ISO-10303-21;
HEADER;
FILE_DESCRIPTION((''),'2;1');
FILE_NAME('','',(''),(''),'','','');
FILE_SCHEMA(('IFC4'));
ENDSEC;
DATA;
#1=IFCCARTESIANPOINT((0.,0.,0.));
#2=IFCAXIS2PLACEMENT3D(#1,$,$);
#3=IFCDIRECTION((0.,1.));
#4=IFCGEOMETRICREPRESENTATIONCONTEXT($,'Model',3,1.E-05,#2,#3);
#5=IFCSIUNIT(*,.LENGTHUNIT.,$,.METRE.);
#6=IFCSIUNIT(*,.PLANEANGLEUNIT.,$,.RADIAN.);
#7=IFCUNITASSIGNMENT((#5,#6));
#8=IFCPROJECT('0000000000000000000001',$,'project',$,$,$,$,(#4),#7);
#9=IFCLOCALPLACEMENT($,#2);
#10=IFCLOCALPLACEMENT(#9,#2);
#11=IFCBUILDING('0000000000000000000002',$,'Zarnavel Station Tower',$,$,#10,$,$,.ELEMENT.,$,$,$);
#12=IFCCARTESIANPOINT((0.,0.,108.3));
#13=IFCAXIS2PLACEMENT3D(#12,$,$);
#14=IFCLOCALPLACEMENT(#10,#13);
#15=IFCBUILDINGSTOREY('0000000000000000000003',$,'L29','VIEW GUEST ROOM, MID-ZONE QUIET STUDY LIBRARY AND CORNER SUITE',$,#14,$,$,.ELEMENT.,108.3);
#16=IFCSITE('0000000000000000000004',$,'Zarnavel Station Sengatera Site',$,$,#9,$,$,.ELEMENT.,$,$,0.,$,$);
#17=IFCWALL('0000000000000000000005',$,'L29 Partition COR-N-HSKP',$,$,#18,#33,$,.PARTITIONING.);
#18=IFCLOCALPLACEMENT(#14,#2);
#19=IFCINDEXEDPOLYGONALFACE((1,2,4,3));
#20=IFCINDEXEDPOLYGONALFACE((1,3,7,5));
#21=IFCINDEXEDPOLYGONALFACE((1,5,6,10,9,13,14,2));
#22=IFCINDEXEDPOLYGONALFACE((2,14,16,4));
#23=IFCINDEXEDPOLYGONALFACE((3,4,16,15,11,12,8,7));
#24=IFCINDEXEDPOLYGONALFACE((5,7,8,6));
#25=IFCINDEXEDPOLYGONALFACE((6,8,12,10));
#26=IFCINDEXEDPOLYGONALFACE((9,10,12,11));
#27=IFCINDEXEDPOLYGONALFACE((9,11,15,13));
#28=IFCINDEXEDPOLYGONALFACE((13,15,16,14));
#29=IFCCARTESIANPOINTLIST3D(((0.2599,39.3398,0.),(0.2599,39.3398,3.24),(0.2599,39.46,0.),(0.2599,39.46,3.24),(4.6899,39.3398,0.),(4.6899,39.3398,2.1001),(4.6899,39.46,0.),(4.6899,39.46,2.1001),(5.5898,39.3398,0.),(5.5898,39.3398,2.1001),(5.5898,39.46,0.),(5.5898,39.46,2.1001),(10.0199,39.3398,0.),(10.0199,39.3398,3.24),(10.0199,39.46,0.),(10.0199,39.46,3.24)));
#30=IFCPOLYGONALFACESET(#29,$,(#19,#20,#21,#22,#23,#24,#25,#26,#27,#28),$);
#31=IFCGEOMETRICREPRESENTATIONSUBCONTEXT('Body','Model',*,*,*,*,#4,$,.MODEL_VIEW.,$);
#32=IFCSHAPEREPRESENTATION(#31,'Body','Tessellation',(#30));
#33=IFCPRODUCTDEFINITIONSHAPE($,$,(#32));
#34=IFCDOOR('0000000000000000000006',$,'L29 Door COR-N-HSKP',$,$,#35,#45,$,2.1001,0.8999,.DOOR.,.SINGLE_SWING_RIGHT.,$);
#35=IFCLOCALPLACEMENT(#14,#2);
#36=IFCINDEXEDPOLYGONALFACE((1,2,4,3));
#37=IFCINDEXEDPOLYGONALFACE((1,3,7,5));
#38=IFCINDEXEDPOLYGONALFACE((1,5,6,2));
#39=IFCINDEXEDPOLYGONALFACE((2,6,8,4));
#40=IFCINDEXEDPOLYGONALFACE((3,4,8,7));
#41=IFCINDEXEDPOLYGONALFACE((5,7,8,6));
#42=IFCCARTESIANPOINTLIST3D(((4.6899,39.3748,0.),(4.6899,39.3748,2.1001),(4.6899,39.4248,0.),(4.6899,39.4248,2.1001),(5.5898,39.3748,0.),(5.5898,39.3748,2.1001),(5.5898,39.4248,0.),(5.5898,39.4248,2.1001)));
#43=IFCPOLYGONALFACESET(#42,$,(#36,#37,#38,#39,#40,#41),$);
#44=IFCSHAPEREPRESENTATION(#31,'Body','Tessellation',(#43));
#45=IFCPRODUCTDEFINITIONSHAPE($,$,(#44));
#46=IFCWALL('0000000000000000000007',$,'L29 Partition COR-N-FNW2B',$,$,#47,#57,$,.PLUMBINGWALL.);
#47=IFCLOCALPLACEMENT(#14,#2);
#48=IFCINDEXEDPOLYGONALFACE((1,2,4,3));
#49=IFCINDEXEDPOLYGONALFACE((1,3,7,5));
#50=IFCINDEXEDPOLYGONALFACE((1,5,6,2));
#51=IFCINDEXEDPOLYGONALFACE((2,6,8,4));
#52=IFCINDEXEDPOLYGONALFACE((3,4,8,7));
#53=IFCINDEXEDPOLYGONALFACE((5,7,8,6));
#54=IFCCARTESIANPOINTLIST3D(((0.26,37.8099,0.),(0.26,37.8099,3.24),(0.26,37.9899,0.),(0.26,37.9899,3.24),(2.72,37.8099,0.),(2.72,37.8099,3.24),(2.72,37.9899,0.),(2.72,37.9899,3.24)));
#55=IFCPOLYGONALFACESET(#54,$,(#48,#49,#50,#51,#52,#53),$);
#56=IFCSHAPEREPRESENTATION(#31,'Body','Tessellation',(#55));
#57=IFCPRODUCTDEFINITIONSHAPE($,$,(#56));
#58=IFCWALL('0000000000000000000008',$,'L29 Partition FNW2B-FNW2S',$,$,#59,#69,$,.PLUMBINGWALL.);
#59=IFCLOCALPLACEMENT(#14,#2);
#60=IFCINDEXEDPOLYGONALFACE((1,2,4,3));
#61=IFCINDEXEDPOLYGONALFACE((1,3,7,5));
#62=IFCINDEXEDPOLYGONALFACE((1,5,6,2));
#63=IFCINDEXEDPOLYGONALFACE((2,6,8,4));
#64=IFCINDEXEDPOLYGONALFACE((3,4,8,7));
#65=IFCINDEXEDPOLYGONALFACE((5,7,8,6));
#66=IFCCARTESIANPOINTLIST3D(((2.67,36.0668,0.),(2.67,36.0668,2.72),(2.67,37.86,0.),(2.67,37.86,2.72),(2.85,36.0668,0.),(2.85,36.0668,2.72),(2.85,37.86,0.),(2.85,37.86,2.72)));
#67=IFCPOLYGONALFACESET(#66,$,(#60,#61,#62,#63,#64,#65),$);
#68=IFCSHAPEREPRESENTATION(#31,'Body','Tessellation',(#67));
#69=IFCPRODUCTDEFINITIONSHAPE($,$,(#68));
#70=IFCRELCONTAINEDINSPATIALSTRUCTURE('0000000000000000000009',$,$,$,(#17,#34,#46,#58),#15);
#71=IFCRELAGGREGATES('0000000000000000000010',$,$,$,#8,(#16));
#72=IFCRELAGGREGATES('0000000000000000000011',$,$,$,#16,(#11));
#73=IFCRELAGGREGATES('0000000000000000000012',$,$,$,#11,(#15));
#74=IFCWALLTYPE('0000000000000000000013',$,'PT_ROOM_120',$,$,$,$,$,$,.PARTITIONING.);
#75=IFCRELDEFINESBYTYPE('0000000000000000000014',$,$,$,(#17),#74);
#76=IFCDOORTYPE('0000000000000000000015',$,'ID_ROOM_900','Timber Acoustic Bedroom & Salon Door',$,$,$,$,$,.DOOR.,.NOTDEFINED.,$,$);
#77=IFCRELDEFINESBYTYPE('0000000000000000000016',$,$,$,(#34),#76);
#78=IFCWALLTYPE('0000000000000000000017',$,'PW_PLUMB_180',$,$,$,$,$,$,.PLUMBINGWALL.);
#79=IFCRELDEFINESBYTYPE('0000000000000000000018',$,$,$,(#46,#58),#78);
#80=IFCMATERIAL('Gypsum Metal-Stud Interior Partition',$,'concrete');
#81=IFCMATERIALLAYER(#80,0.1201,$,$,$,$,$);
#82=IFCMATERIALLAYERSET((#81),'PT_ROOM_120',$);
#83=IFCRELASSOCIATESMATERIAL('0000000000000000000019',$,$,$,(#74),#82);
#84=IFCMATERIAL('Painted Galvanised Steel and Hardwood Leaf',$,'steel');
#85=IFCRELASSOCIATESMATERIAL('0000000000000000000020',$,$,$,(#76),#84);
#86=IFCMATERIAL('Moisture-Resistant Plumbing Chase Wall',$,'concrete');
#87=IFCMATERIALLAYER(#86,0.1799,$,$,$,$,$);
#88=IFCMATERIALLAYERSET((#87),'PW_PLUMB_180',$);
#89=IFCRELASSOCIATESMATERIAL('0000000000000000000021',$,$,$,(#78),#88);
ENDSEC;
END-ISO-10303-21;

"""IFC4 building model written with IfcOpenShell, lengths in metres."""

from ifc_helpers import new_model, si_unit, direction, frame, frame_2d, origin, place, context, subcontext, project, spatial, rectangle, extrude, material, layer, layer_set, type_object, element, fill, save


model = new_model("IFC4")

# Units and contexts
model_context = context("Model", 3, precision=1e-05, world=origin(), true_north=direction((0.0, 1.0)))
body_context = subcontext(model_context, "Body", "Model", "MODEL_VIEW")
ifc_project = project(units=[si_unit("LENGTHUNIT", "METRE"), si_unit("PLANEANGLEUNIT", "RADIAN")], contexts=[model_context])

# Site, building, storey
site_placement = place(None, origin())
site = spatial("IfcSite", under=ifc_project, at=site_placement, Name="Zarnavel Station Sengatera Site", CompositionType="ELEMENT", RefElevation=0.0)
building_placement = place(site_placement, origin())
building = spatial("IfcBuilding", under=site, at=building_placement, Name="Zarnavel Station Tower", CompositionType="ELEMENT")
storey_placement = place(building_placement, frame((0.0, 0.0, 108.3)))
storey = spatial("IfcBuildingStorey", under=building, at=storey_placement, Name="L29", Description="VIEW GUEST ROOM, MID-ZONE QUIET STUDY LIBRARY AND CORNER SUITE", CompositionType="ELEMENT", Elevation=108.3)

# Wall, opening, door
ifc_material_1 = material(Name="Gypsum Metal-Stud Interior Partition", Category="concrete")
ifc_layer_1 = layer(ifc_material_1, 0.1201)
ifc_layer_set_1 = layer_set([ifc_layer_1], Name="PT_ROOM_120")
wall_type_1 = type_object("IfcWallType", Name="PT_ROOM_120", PredefinedType="PARTITIONING", material=ifc_layer_set_1)
wall_1_placement = place(storey_placement, frame((0.26, 39.3999, 0.0), z_axis=(0.0, 0.0, 1.0), x_axis=(1.0, 0.0, 0.0)))
wall_1 = element("IfcWall", 1, at=wall_1_placement, inside=storey, type_object=wall_type_1, Name="L29 Partition COR-N-HSKP", PredefinedType="PARTITIONING", context=body_context, shape_type="SweptSolid", body=[
    extrude(rectangle(XDim=9.76, YDim=0.1201, at=frame_2d((4.8799, 0.0))), origin(), (0.0, 0.0, 1.0), 3.24),
])
opening_placement = place(wall_1_placement, frame((4.4299, 0.0, 0.0)))
opening = element("IfcOpeningElement", 2, at=opening_placement, cuts=wall_1, PredefinedType="OPENING", context=body_context, shape_type="SweptSolid", body=[
    extrude(rectangle(XDim=0.8999, YDim=2.1001, at=frame_2d((0.45, 1.05))), frame((0.0, 0.0701, 0.0), z_axis=(0.0, -1.0, 0.0), x_axis=(1.0, 0.0, 0.0)), (0.0, 0.0, 1.0), 0.1401),
])
ifc_material_2 = material(Name="Painted Galvanised Steel and Hardwood Leaf", Category="steel")
door_type = type_object("IfcDoorType", Name="ID_ROOM_900", Description="Timber Acoustic Bedroom & Salon Door", OperationType="NOTDEFINED", PredefinedType="DOOR", material=ifc_material_2)
door_placement = place(opening_placement, origin())
door = element("IfcDoor", 3, at=door_placement, inside=storey, type_object=door_type, Name="L29 Door COR-N-HSKP", OperationType="SINGLE_SWING_RIGHT", OverallHeight=2.1001, OverallWidth=0.8999, PredefinedType="DOOR", context=body_context, shape_type="SweptSolid", body=[
    extrude(rectangle(XDim=0.8999, YDim=2.1001, at=frame_2d((0.45, 1.05))), frame((0.0, 0.0249, 0.0), z_axis=(0.0, -1.0, 0.0), x_axis=(1.0, 0.0, 0.0)), (0.0, 0.0, 1.0), 0.05),
])
fill(opening, door)

# Walls
ifc_material_3 = material(Name="Moisture-Resistant Plumbing Chase Wall", Category="concrete")
ifc_layer_2 = layer(ifc_material_3, 0.1799)
ifc_layer_set_2 = layer_set([ifc_layer_2], Name="PW_PLUMB_180")
wall_type_2 = type_object("IfcWallType", Name="PW_PLUMB_180", PredefinedType="PLUMBINGWALL", material=ifc_layer_set_2)
wall_2_placement = place(storey_placement, frame((0.26, 37.8999, 0.0), z_axis=(0.0, 0.0, 1.0), x_axis=(1.0, 0.0, 0.0)))
element("IfcWall", 4, at=wall_2_placement, inside=storey, type_object=wall_type_2, Name="L29 Partition COR-N-FNW2B", PredefinedType="PLUMBINGWALL", context=body_context, shape_type="SweptSolid", body=[
    extrude(rectangle(XDim=2.46, YDim=0.1799, at=frame_2d((1.23, 0.0))), origin(), (0.0, 0.0, 1.0), 3.24),
])
wall_3_placement = place(storey_placement, frame((2.76, 36.0669, 0.0), z_axis=(0.0, 0.0, 1.0), x_axis=(0.0, 1.0, 0.0)))
element("IfcWall", 5, at=wall_3_placement, inside=storey, type_object=wall_type_2, Name="L29 Partition FNW2B-FNW2S", PredefinedType="PLUMBINGWALL", context=body_context, shape_type="SweptSolid", body=[
    extrude(rectangle(XDim=1.7932, YDim=0.1799, at=frame_2d((0.8965, 0.0))), origin(), (0.0, 0.0, 1.0), 2.72),
])

save(model, "model.ifc")
